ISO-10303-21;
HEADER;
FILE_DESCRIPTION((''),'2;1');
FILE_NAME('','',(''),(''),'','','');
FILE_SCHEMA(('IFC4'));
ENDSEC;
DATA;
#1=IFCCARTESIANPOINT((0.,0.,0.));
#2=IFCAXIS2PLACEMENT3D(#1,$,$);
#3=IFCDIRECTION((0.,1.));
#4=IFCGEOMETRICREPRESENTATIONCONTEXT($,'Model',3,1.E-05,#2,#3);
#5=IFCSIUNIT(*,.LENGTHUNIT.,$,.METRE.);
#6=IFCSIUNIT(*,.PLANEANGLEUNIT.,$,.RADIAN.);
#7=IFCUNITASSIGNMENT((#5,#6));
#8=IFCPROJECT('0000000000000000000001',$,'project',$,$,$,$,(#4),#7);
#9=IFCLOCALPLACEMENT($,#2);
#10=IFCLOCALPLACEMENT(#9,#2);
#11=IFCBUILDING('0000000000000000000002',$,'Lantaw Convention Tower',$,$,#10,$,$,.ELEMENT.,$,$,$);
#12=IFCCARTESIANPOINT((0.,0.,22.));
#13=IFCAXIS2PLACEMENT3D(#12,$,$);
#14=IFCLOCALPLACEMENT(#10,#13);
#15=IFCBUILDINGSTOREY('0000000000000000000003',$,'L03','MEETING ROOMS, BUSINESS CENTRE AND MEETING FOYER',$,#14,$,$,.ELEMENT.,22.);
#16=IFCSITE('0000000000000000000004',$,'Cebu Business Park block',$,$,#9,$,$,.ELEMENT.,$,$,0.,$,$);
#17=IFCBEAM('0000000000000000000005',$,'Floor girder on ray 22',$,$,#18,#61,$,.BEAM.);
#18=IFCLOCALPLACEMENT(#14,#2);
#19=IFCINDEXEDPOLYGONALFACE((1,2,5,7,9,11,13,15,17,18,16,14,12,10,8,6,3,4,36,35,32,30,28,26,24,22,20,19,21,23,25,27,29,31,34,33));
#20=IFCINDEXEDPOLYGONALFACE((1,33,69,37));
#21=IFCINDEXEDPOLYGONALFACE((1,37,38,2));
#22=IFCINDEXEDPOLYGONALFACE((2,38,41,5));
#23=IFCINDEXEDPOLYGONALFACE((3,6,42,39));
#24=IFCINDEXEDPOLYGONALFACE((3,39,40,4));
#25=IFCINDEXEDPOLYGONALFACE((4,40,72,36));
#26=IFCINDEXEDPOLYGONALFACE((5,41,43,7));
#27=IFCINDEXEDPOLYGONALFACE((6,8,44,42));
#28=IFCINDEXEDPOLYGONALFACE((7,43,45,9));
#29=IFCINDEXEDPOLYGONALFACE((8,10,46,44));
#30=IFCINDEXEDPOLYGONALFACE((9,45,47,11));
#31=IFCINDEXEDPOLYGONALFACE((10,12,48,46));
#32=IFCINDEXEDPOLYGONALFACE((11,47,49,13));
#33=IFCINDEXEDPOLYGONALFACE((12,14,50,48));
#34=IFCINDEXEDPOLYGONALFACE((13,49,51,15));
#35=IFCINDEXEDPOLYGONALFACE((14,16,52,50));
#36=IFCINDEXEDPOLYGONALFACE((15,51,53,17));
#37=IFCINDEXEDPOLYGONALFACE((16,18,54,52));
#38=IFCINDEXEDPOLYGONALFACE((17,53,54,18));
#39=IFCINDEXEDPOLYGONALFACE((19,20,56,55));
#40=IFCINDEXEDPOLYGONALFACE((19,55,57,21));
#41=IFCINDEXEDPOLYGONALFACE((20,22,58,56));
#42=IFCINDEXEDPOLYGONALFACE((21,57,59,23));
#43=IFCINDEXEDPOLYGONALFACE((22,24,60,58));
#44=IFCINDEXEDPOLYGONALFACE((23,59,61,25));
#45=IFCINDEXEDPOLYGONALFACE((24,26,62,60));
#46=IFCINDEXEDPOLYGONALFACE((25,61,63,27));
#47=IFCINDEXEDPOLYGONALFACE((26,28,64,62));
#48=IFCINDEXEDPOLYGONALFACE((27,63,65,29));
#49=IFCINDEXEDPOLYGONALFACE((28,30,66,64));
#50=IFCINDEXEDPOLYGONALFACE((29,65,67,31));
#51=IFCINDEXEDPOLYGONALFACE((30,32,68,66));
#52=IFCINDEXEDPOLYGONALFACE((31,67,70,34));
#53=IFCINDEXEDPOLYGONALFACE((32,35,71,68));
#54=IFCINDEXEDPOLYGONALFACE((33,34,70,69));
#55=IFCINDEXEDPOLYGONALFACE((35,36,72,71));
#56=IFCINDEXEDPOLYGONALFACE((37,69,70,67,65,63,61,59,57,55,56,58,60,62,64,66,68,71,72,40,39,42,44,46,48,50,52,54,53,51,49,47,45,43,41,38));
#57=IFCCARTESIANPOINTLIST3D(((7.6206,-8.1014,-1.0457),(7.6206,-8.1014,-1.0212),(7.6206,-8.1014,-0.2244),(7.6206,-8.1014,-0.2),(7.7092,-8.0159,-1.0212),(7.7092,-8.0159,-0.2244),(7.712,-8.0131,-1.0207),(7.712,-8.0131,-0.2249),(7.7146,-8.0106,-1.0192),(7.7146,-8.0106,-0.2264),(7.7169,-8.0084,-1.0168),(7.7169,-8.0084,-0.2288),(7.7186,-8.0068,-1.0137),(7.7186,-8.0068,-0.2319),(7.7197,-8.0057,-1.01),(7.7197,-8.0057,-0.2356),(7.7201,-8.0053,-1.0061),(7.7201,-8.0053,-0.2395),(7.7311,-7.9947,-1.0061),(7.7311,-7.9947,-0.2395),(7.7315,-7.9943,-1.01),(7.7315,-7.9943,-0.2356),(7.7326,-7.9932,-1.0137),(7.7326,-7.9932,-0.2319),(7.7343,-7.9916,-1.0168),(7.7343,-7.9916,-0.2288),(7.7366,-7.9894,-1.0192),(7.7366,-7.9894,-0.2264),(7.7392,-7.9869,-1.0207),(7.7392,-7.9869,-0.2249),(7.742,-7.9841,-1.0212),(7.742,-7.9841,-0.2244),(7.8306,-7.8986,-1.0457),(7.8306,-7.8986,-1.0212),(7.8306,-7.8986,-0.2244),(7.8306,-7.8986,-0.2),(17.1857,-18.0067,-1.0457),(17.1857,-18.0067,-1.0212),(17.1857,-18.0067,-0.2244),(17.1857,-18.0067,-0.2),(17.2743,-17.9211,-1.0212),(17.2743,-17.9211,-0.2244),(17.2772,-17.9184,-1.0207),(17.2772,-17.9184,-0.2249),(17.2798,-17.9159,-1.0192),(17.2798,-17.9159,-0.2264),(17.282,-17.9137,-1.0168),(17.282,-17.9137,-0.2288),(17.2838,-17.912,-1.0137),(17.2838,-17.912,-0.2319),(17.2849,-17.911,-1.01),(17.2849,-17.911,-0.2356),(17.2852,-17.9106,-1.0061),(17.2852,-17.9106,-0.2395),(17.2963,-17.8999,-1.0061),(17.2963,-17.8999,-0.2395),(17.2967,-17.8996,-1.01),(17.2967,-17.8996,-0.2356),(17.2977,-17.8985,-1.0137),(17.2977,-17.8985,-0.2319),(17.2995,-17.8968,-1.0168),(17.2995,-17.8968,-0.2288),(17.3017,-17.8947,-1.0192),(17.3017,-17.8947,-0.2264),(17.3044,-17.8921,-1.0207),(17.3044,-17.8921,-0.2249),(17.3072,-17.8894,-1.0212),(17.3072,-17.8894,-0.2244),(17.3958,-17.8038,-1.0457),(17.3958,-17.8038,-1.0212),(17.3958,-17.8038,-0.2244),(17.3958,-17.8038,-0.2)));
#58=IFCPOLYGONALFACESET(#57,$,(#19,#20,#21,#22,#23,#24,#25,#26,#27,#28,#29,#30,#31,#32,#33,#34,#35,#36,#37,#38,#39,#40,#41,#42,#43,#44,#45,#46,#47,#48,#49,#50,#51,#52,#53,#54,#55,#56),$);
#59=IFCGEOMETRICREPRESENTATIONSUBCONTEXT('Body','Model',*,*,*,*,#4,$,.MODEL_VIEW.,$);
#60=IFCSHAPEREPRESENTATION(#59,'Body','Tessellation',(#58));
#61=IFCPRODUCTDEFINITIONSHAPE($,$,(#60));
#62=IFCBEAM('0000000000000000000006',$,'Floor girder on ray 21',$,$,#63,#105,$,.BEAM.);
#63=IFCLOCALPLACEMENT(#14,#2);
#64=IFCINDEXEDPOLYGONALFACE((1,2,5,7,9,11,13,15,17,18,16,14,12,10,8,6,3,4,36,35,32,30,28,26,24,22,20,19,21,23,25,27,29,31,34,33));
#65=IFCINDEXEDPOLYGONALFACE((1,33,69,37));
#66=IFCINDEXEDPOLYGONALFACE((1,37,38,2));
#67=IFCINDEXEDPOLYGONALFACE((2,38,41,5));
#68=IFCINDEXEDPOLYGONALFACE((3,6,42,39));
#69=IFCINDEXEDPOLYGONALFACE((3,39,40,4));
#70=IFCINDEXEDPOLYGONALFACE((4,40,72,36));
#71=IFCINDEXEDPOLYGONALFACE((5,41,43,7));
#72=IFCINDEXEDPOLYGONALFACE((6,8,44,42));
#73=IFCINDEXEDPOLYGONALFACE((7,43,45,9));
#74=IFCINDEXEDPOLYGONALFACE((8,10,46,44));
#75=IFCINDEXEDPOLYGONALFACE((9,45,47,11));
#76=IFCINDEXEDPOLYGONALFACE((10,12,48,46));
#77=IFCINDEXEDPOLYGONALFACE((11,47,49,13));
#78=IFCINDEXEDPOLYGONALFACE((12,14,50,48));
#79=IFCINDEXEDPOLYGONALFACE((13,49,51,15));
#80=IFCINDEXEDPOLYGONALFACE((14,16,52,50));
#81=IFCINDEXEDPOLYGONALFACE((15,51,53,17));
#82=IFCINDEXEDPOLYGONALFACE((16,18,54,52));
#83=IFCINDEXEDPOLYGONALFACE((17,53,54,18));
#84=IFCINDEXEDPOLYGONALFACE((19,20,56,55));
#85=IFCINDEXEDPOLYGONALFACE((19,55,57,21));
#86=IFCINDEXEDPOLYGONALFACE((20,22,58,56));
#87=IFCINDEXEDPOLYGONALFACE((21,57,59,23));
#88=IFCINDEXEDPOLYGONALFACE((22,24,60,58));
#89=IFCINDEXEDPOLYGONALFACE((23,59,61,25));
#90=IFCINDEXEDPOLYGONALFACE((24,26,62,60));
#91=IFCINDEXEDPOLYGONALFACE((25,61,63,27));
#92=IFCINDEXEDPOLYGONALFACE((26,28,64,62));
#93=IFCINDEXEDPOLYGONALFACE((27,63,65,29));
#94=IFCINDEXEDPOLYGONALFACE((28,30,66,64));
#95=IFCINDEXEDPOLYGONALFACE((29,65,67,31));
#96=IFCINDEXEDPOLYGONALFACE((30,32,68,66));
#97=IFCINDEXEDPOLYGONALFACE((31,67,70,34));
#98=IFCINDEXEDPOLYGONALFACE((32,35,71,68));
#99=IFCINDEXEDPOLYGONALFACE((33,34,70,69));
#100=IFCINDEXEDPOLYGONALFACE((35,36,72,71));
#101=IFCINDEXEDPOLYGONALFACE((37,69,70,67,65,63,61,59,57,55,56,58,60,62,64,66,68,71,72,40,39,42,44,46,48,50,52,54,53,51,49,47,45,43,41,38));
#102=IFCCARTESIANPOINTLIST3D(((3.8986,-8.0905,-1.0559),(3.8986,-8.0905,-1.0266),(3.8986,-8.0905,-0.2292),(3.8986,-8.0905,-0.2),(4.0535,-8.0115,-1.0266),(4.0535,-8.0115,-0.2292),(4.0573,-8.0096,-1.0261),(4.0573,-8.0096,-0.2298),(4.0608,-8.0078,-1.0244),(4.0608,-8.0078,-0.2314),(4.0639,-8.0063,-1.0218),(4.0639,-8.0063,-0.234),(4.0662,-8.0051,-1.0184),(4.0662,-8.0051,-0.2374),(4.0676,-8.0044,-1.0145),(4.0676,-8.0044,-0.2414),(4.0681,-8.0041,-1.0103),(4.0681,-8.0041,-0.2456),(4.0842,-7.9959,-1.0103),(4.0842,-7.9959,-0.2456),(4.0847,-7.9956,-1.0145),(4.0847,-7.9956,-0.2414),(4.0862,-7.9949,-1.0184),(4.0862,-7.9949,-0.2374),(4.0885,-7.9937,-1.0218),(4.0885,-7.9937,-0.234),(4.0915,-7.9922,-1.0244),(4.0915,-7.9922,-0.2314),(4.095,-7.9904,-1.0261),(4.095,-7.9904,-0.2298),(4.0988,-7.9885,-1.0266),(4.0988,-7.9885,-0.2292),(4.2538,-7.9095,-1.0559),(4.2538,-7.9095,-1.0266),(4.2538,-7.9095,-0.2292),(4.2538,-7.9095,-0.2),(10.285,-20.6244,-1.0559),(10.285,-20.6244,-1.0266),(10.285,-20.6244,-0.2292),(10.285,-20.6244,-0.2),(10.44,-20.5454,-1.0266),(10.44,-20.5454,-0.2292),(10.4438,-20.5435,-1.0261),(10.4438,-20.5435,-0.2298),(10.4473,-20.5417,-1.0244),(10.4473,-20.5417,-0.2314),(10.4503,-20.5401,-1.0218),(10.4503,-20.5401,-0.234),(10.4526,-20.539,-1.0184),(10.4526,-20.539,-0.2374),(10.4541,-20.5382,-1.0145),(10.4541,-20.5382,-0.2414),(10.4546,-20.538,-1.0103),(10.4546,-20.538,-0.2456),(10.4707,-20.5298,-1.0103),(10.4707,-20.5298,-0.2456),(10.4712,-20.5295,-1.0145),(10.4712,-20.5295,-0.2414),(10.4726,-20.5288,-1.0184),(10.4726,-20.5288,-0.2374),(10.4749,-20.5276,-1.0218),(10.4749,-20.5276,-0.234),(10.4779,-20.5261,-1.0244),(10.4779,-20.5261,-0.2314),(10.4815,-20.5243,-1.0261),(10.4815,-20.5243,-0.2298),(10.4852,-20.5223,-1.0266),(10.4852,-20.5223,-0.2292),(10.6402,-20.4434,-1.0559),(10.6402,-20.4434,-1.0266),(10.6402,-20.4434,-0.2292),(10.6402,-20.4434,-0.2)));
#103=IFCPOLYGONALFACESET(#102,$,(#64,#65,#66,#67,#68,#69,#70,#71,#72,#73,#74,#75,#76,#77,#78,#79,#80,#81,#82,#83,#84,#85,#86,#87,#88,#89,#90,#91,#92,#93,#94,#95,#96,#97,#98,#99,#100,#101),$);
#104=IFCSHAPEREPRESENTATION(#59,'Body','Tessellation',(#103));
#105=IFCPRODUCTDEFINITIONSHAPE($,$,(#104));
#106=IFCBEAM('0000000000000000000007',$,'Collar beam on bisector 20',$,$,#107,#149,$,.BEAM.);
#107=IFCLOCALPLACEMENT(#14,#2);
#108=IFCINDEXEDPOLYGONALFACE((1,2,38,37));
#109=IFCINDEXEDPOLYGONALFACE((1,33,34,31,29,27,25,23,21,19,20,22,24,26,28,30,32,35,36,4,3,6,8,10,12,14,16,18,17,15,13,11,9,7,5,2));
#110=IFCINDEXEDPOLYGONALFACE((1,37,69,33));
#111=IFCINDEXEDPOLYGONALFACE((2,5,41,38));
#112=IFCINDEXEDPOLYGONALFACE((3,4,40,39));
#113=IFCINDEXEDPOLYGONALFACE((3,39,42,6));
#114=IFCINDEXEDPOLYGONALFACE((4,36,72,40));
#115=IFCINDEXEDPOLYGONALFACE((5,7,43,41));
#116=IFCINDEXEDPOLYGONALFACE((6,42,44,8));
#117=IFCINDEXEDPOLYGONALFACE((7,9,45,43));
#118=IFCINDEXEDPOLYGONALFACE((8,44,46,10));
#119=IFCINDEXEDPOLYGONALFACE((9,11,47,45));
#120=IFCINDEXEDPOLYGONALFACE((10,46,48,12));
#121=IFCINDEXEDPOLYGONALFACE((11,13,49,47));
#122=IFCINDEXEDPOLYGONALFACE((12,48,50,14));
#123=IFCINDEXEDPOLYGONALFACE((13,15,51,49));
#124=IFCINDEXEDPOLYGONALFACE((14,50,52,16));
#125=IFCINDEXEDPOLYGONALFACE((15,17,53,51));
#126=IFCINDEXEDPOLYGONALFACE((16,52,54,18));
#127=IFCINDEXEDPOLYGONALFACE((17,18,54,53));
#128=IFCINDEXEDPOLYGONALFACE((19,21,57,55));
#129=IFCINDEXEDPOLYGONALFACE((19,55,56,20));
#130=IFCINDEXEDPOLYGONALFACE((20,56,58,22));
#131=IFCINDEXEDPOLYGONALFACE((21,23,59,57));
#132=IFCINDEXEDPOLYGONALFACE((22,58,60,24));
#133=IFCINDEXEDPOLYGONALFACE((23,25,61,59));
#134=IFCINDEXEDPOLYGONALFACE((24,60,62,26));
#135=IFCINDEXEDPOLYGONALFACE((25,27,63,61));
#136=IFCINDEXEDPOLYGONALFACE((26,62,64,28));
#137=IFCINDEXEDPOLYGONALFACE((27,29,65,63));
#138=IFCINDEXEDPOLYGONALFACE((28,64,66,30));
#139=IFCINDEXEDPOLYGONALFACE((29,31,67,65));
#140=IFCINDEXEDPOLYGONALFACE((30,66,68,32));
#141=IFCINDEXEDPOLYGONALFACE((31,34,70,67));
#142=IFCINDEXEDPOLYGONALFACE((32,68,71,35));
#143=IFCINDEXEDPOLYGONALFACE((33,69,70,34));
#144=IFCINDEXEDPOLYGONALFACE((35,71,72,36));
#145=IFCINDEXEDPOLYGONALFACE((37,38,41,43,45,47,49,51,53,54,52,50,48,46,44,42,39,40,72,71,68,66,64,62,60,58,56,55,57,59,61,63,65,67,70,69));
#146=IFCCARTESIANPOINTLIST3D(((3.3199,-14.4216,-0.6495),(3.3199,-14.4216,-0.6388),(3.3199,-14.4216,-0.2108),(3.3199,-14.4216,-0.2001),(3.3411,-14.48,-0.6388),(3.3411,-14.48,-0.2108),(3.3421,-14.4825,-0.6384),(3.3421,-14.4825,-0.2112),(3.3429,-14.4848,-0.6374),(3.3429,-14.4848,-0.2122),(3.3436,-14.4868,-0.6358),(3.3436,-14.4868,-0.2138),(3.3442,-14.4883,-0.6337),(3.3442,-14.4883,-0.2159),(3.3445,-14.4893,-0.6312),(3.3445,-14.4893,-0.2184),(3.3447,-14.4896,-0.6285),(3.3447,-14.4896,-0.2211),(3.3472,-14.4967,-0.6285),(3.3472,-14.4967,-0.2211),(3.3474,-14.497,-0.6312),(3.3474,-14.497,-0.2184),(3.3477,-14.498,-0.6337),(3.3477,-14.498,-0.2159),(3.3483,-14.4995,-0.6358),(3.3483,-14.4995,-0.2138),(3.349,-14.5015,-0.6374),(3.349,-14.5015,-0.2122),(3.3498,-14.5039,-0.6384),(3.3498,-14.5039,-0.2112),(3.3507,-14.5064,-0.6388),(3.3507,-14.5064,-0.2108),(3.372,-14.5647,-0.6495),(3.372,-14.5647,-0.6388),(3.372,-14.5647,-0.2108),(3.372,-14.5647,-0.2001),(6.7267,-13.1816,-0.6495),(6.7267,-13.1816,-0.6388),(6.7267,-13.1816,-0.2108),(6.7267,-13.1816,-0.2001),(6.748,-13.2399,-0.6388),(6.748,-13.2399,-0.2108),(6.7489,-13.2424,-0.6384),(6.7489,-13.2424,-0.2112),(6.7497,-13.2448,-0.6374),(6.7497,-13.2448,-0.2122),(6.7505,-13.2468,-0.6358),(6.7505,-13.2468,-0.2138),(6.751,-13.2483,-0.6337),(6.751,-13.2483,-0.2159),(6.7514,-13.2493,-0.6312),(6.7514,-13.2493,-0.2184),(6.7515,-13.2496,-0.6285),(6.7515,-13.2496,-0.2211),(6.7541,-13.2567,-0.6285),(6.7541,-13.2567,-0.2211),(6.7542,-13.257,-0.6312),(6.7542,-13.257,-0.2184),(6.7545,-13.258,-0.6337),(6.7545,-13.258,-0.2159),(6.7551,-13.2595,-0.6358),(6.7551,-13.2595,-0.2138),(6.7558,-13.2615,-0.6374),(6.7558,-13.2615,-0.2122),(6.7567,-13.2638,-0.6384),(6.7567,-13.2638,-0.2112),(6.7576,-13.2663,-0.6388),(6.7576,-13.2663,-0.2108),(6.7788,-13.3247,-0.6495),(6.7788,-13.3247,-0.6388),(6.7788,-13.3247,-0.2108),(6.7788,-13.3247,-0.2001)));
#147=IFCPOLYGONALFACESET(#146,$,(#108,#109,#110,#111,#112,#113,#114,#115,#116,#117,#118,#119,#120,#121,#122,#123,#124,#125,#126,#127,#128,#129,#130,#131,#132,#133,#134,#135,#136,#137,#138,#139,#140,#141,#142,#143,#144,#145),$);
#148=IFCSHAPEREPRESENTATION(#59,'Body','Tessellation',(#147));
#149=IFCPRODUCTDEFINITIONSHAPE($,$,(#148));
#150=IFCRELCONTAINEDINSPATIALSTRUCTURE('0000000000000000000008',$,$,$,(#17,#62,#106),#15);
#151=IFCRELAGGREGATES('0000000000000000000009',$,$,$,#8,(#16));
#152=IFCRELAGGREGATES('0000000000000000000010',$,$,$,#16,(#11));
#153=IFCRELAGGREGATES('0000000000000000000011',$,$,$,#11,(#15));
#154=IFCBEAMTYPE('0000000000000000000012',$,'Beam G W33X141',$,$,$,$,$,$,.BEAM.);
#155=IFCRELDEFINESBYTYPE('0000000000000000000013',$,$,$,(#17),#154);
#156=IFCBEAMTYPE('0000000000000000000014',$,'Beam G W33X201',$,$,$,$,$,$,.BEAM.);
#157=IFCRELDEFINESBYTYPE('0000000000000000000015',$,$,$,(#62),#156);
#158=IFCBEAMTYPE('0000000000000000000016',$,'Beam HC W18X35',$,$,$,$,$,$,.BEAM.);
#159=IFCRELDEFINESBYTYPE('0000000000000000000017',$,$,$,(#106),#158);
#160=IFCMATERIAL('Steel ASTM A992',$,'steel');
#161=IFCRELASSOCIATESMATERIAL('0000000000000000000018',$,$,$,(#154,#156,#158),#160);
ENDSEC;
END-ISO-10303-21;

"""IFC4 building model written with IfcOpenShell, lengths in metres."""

from ifc_helpers import new_model, si_unit, direction, frame, origin, origin_2d, place, context, subcontext, project, spatial, i_section, extrude, material, material_profile, profile_set, type_object, element, save


model = new_model("IFC4")

# Units and contexts
model_context = context("Model", 3, precision=1e-05, world=origin(), true_north=direction((0.0, 1.0)))
body_context = subcontext(model_context, "Body", "Model", "MODEL_VIEW")
ifc_project = project(units=[si_unit("LENGTHUNIT", "METRE"), si_unit("PLANEANGLEUNIT", "RADIAN")], contexts=[model_context])

# Site, building, storey
site_placement = place(None, origin())
site = spatial("IfcSite", under=ifc_project, at=site_placement, Name="Cebu Business Park block", CompositionType="ELEMENT", RefElevation=0.0)
building_placement = place(site_placement, origin())
building = spatial("IfcBuilding", under=site, at=building_placement, Name="Lantaw Convention Tower", CompositionType="ELEMENT")
storey_placement = place(building_placement, frame((0.0, 0.0, 22.0)))
storey = spatial("IfcBuildingStorey", under=building, at=storey_placement, Name="L03", Description="MEETING ROOMS, BUSINESS CENTRE AND MEETING FOYER", CompositionType="ELEMENT", Elevation=22.0)

# Beams
ifc_material_1 = material(Name="Steel ASTM A992", Category="steel")
ifc_material_profile_1 = material_profile(ifc_material_1, i_section(OverallWidth=0.292, OverallDepth=0.8457, WebThickness=0.0154, FlangeThickness=0.0244, FilletRadius=0.0151, at=origin_2d()), Name="W33X141")
ifc_profile_set_1 = profile_set([ifc_material_profile_1], Name="Steel ASTM A992")
beam_type_1 = type_object("IfcBeamType", Name="Beam G W33X141", PredefinedType="BEAM", material=ifc_profile_set_1)
beam_1_placement = place(storey_placement, frame((7.7256, -8.0, -0.6228), z_axis=(0.69465, -0.719348, 0.0), x_axis=(0.719348, 0.69465, 0.0)))
element("IfcBeam", 1, at=beam_1_placement, inside=storey, type_object=beam_type_1, Name="Floor girder on ray 22", PredefinedType="BEAM", context=body_context, shape_type="SweptSolid", body=[
    extrude(i_section(OverallWidth=0.292, OverallDepth=0.8457, WebThickness=0.0154, FlangeThickness=0.0244, FilletRadius=0.0151, at=origin_2d()), origin(), (0.0, 0.0, 1.0), 13.7698),
])
ifc_material_profile_2 = material_profile(ifc_material_1, i_section(OverallWidth=0.3987, OverallDepth=0.856, WebThickness=0.0181, FlangeThickness=0.0293, FilletRadius=0.0164, at=origin_2d()), Name="W33X201")
ifc_profile_set_2 = profile_set([ifc_material_profile_2], Name="Steel ASTM A992")
beam_type_2 = type_object("IfcBeamType", Name="Beam G W33X201", PredefinedType="BEAM", material=ifc_profile_set_2)
beam_2_placement = place(storey_placement, frame((4.0762, -8.0, -0.6279), z_axis=(0.453997, -0.891003, 0.0), x_axis=(0.891003, 0.453997, 0.0)))
element("IfcBeam", 2, at=beam_2_placement, inside=storey, type_object=beam_type_2, Name="Floor girder on ray 21", PredefinedType="BEAM", context=body_context, shape_type="SweptSolid", body=[
    extrude(i_section(OverallWidth=0.3987, OverallDepth=0.856, WebThickness=0.0181, FlangeThickness=0.0293, FilletRadius=0.0164, at=origin_2d()), origin(), (0.0, 0.0, 1.0), 14.0671),
])
ifc_material_profile_3 = material_profile(ifc_material_1, i_section(OverallWidth=0.1523, OverallDepth=0.4495, WebThickness=0.0076, FlangeThickness=0.0107, FilletRadius=0.0103, at=origin_2d()), Name="W18X35")
ifc_profile_set_3 = profile_set([ifc_material_profile_3], Name="Steel ASTM A992")
beam_type_3 = type_object("IfcBeamType", Name="Beam HC W18X35", PredefinedType="BEAM", material=ifc_profile_set_3)
beam_3_placement = place(storey_placement, frame((3.3459, -14.4932, -0.4248), z_axis=(0.939689, 0.34203, 0.0), x_axis=(-0.34203, 0.939689, 0.0)))
element("IfcBeam", 3, at=beam_3_placement, inside=storey, type_object=beam_type_3, Name="Collar beam on bisector 20", PredefinedType="BEAM", context=body_context, shape_type="SweptSolid", body=[
    extrude(i_section(OverallWidth=0.1523, OverallDepth=0.4495, WebThickness=0.0076, FlangeThickness=0.0107, FilletRadius=0.0103, at=origin_2d()), origin(), (0.0, 0.0, 1.0), 3.6255),
])

save(model, "model.ifc")
